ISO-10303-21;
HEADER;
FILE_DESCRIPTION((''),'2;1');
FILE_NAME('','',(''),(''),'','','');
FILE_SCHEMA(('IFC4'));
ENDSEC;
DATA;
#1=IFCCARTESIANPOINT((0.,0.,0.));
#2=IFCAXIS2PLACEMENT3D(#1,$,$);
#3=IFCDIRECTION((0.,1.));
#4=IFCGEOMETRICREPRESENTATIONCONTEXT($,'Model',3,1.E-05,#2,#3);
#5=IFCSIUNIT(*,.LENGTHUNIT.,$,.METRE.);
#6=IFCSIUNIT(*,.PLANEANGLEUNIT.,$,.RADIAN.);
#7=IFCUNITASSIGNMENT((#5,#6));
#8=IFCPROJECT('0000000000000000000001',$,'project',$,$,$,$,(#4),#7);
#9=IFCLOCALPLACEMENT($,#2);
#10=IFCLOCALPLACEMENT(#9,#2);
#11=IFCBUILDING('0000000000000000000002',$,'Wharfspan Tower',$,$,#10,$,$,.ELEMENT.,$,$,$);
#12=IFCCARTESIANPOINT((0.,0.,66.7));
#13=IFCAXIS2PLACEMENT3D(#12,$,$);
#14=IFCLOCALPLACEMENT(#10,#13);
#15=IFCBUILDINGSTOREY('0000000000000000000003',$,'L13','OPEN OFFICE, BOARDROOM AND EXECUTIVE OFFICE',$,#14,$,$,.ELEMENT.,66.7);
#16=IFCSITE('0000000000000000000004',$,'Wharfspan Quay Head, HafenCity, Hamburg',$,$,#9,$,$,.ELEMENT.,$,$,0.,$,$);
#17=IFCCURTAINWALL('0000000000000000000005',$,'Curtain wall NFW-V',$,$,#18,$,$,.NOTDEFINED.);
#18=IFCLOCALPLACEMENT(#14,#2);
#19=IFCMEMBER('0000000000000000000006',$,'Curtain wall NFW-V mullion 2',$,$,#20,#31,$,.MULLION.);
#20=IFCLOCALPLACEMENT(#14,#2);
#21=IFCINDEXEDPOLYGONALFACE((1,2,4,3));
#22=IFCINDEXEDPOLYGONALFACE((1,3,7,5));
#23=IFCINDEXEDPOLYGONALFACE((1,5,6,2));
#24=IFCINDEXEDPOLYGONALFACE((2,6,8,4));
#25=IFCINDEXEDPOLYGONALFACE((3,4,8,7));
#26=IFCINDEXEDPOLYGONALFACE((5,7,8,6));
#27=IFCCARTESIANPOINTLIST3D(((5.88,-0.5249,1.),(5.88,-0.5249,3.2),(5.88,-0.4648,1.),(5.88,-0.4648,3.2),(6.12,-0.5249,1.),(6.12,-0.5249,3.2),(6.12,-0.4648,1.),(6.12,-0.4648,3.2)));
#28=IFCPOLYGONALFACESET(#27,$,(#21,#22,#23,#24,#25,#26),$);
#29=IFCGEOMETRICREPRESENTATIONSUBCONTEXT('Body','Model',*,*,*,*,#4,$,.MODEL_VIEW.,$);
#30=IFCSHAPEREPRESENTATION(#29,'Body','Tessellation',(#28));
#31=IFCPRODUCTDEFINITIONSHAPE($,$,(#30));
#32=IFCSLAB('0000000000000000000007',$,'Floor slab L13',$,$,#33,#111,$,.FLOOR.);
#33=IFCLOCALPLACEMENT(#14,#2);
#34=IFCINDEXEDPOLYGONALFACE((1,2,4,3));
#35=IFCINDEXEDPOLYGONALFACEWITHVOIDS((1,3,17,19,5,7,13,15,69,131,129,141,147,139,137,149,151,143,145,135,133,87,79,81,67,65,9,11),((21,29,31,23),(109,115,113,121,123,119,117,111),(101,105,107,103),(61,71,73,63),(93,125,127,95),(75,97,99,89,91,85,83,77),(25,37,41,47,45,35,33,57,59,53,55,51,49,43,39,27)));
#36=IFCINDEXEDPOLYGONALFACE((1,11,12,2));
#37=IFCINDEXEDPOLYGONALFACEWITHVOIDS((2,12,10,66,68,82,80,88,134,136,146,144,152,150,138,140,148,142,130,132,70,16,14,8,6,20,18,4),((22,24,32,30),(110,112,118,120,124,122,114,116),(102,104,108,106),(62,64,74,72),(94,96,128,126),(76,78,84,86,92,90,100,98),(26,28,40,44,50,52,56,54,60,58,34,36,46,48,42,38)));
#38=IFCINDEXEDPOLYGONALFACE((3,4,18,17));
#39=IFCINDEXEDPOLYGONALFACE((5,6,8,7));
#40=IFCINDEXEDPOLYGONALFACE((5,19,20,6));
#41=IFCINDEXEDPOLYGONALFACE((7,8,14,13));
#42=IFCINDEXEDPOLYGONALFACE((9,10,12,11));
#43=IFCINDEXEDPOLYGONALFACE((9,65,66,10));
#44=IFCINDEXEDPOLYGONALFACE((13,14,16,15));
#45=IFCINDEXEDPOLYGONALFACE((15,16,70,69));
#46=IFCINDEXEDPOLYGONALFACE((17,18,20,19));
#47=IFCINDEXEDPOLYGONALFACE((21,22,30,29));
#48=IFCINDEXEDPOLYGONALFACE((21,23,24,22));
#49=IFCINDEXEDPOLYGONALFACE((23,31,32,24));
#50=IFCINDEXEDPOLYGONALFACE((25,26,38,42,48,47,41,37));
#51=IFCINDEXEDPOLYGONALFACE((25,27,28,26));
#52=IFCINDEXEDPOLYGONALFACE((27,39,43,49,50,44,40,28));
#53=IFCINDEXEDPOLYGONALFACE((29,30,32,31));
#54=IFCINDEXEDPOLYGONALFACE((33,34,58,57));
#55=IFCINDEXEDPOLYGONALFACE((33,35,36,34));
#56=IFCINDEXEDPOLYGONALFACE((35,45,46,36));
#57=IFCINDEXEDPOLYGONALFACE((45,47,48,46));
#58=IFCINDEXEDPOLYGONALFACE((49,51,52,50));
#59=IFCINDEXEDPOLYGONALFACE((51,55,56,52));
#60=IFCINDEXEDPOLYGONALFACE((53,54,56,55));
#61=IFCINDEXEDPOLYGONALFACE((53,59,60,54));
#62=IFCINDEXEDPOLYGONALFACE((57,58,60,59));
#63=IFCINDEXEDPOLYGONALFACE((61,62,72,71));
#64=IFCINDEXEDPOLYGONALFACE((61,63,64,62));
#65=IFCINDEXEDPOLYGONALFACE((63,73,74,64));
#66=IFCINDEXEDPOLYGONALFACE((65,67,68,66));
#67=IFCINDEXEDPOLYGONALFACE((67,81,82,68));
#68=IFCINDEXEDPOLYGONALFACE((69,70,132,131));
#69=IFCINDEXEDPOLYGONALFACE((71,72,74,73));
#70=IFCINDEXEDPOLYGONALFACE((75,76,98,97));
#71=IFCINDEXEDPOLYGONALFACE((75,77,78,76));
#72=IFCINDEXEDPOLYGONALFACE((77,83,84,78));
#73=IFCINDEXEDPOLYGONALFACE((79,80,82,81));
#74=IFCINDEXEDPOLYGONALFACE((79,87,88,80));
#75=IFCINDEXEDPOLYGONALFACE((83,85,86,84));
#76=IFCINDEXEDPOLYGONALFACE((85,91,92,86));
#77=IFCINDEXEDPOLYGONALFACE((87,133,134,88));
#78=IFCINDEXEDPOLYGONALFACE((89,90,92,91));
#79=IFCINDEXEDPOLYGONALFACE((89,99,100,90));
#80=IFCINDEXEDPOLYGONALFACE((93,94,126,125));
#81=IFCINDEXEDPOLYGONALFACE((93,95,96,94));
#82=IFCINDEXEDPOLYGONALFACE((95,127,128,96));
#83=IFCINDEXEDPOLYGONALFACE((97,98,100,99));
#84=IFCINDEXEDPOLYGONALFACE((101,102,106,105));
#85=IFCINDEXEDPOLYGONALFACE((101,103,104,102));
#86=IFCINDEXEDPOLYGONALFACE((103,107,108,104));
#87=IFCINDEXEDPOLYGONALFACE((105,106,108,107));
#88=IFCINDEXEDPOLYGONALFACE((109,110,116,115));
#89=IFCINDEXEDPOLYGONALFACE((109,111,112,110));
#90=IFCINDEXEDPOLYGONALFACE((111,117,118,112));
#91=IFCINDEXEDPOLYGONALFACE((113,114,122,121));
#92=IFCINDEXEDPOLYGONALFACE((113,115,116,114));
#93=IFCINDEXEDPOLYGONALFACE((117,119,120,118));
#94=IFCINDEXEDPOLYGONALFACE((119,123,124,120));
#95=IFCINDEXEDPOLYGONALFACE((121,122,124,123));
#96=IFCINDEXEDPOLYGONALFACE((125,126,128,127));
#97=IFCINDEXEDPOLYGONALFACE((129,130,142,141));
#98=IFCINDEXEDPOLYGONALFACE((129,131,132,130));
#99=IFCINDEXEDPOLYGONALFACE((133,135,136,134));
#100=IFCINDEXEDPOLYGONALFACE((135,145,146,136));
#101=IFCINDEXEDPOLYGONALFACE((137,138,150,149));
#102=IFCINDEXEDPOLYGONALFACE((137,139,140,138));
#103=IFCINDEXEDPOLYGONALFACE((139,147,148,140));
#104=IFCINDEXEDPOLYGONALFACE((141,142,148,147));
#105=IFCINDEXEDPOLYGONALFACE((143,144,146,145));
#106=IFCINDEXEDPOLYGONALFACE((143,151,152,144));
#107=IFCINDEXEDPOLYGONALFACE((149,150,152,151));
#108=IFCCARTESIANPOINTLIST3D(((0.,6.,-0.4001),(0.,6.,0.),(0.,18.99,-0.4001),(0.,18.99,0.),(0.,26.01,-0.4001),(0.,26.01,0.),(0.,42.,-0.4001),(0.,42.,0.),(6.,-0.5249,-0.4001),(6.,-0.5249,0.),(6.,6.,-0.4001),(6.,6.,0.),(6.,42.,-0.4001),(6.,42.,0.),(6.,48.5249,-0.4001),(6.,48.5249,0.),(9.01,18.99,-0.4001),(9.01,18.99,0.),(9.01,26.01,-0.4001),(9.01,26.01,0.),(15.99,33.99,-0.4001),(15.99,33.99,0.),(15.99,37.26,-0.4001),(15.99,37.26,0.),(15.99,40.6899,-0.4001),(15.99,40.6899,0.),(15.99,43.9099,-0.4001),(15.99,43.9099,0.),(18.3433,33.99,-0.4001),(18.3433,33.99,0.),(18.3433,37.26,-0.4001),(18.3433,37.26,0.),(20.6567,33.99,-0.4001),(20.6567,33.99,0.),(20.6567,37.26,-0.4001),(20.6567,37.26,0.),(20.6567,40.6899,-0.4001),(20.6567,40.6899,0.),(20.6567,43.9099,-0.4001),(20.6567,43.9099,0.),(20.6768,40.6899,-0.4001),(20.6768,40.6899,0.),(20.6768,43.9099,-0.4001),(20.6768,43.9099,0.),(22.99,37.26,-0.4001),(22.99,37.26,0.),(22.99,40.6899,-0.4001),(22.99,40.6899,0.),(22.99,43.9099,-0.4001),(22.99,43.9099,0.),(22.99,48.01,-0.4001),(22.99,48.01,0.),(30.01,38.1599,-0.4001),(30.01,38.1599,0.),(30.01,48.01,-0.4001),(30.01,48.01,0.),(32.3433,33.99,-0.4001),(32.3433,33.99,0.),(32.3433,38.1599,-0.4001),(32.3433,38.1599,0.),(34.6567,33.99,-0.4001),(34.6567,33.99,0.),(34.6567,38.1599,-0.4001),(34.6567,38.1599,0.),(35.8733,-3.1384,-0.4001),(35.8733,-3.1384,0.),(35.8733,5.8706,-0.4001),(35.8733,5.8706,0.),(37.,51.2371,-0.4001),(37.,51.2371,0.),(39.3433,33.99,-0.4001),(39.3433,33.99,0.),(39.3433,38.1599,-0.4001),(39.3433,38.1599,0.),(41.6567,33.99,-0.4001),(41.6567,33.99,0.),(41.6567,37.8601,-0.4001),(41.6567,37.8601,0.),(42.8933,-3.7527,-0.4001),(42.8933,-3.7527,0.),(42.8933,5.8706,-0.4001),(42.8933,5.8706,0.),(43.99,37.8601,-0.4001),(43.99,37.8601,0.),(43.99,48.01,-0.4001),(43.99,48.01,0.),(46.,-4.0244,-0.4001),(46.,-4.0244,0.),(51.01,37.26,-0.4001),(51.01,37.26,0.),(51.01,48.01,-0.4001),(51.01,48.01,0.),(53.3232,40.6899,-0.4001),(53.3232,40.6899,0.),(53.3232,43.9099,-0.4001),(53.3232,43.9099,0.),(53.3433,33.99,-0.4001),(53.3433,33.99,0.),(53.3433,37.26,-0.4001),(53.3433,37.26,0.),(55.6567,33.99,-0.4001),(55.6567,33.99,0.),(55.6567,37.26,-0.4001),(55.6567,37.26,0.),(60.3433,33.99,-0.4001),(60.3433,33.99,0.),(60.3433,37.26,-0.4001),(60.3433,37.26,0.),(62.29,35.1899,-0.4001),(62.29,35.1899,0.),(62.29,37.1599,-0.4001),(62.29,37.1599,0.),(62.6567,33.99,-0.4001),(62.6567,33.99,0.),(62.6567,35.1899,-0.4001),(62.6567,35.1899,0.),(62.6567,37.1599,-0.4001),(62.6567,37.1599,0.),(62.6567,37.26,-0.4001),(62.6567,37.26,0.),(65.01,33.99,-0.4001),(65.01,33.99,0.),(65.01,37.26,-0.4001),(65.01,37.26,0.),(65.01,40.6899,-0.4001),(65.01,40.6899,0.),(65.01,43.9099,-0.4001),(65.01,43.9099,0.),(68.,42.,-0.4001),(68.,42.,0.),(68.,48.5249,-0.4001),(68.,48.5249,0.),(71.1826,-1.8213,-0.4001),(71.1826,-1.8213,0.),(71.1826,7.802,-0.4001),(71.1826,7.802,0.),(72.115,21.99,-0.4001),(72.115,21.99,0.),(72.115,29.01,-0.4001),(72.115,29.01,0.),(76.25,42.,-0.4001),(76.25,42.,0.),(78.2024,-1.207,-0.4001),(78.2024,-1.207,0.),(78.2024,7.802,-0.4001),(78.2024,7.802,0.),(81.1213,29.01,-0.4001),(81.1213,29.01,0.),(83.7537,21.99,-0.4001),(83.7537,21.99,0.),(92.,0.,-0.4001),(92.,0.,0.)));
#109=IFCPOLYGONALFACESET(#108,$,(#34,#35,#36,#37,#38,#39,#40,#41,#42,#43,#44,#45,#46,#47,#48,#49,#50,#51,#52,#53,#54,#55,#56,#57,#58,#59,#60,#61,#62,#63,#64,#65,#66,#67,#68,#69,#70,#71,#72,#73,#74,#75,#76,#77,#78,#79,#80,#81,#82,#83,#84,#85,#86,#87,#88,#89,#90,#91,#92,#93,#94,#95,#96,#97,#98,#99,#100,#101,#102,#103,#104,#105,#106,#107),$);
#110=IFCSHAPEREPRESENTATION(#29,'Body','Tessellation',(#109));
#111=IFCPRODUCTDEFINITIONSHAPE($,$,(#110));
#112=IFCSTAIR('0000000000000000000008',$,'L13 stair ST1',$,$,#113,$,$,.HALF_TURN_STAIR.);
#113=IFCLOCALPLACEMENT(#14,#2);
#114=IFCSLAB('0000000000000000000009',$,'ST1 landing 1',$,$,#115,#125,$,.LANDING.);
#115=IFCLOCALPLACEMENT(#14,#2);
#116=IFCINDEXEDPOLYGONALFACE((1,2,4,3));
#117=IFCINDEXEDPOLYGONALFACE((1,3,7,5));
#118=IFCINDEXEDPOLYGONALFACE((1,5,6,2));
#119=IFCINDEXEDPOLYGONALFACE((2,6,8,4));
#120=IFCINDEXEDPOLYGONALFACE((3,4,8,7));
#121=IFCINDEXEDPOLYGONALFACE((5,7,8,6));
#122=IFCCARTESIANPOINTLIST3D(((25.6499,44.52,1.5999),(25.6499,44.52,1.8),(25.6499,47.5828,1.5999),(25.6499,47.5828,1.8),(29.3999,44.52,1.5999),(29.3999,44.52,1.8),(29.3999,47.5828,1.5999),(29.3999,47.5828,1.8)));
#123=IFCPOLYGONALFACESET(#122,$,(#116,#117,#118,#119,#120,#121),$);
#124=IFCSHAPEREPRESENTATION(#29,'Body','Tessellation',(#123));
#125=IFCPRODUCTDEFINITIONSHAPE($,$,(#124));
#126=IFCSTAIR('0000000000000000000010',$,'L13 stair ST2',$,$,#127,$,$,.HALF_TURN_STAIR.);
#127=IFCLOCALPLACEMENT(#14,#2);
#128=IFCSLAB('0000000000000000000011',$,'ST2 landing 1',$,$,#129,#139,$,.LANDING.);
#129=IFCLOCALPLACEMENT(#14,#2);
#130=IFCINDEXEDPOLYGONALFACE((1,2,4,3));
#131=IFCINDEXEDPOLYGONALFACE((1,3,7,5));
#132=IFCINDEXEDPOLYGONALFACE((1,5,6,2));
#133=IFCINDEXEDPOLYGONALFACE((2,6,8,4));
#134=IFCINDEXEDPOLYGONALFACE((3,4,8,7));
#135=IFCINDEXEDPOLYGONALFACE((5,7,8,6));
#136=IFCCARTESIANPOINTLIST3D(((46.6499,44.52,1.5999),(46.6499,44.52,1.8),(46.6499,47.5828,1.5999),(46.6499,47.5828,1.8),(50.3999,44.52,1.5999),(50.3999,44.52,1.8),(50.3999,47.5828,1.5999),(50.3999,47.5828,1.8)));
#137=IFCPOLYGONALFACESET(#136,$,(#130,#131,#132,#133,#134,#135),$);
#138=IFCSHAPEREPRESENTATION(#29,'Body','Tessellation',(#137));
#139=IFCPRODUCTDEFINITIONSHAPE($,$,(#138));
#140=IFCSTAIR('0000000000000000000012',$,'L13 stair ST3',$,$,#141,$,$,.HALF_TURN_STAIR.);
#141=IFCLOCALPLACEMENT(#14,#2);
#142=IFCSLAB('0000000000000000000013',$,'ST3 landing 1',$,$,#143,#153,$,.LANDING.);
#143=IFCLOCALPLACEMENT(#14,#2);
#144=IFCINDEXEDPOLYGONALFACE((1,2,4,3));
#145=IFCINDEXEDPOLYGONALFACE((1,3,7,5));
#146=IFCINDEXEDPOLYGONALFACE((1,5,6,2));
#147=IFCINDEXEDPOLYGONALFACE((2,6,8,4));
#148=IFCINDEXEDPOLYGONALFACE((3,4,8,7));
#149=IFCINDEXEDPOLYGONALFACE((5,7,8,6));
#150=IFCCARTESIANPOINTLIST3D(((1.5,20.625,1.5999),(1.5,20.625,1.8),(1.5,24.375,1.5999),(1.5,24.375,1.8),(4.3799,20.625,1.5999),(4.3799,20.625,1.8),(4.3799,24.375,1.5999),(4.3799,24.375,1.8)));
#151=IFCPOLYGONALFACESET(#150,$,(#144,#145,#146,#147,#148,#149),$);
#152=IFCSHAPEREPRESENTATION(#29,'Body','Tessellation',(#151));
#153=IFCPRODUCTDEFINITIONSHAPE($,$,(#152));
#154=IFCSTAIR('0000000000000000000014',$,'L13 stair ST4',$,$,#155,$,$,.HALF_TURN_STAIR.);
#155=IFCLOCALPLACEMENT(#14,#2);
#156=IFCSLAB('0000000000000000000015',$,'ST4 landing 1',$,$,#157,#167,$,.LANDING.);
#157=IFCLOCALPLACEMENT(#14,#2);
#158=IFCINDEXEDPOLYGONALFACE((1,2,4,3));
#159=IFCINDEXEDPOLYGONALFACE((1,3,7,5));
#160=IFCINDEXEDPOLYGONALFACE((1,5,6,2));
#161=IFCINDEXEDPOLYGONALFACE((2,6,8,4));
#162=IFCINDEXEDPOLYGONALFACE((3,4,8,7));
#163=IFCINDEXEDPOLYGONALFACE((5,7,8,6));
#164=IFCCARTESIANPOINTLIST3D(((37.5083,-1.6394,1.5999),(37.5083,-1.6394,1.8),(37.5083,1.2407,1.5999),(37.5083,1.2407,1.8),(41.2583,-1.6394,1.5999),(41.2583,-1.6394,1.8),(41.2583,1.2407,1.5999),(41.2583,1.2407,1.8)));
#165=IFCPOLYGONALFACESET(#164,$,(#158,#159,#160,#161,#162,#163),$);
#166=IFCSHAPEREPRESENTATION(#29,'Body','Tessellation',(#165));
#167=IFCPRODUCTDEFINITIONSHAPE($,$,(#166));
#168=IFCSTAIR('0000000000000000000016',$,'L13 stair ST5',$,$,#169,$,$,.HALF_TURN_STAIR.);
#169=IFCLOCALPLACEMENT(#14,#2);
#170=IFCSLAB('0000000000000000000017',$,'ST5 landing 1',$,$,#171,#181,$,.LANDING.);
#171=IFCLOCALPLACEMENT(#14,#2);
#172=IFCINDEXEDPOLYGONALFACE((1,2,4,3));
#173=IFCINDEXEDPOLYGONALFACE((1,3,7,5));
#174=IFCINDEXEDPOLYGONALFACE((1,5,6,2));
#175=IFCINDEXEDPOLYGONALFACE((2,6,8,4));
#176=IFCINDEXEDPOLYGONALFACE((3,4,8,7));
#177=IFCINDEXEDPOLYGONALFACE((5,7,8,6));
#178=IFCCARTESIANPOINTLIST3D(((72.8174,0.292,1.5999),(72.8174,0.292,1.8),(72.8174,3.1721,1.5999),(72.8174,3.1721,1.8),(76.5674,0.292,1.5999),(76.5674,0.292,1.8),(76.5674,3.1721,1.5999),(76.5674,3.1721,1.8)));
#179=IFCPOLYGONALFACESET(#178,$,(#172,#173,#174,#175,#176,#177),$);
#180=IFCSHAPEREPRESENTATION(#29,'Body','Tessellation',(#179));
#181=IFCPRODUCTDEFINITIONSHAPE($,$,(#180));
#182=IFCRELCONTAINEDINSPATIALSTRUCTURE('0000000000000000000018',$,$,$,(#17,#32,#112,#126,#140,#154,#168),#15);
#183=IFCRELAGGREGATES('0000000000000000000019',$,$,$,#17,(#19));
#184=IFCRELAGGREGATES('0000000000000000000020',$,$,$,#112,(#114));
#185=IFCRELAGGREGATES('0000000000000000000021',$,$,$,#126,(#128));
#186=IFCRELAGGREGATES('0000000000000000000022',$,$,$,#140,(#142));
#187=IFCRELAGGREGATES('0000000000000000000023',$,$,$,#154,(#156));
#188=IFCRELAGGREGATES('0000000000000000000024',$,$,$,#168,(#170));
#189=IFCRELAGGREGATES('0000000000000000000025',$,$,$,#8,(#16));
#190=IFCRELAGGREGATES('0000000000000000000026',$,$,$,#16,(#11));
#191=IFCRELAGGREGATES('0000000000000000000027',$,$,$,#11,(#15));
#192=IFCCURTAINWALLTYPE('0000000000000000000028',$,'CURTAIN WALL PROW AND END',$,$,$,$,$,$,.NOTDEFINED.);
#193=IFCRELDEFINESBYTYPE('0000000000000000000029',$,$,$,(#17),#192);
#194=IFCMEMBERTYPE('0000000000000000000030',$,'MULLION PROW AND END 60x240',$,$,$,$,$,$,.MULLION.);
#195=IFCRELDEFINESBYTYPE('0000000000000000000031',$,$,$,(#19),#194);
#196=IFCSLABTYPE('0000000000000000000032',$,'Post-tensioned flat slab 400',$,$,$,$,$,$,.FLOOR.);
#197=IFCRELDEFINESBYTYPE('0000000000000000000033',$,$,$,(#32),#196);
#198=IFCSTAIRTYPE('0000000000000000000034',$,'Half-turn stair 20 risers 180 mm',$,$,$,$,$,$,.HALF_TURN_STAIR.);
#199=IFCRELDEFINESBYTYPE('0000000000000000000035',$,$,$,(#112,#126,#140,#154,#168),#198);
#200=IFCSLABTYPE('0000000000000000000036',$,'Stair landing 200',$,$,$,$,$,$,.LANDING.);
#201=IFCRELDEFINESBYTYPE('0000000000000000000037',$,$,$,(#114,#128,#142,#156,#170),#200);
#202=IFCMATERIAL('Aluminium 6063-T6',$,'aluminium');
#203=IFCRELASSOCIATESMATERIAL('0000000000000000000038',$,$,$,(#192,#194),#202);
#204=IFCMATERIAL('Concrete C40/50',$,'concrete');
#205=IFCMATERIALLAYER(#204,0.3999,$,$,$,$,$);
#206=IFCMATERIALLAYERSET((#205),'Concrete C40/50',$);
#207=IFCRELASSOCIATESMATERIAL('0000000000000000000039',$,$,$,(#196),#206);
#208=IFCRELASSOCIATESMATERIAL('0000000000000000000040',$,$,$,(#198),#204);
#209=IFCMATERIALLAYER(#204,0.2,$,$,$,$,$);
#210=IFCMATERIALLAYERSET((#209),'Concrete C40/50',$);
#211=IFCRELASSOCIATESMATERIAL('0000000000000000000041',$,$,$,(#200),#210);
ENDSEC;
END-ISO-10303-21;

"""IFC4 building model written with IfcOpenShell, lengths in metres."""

from ifc_helpers import new_model, si_unit, direction, frame, origin, origin_2d, place, context, subcontext, project, spatial, polyline, rectangle, outline, extrude, material, layer, layer_set, material_profile, profile_set, type_object, element, aggregate, save


model = new_model("IFC4")

# Units and contexts
model_context = context("Model", 3, precision=1e-05, world=origin(), true_north=direction((0.0, 1.0)))
body_context = subcontext(model_context, "Body", "Model", "MODEL_VIEW")
ifc_project = project(units=[si_unit("LENGTHUNIT", "METRE"), si_unit("PLANEANGLEUNIT", "RADIAN")], contexts=[model_context])

# Site, building, storey
site_placement = place(None, origin())
site = spatial("IfcSite", under=ifc_project, at=site_placement, Name="Wharfspan Quay Head, HafenCity, Hamburg", CompositionType="ELEMENT", RefElevation=0.0)
building_placement = place(site_placement, origin())
building = spatial("IfcBuilding", under=site, at=building_placement, Name="Wharfspan Tower", CompositionType="ELEMENT")
storey_placement = place(building_placement, frame((0.0, 0.0, 66.7)))
storey = spatial("IfcBuildingStorey", under=building, at=storey_placement, Name="L13", Description="OPEN OFFICE, BOARDROOM AND EXECUTIVE OFFICE", CompositionType="ELEMENT", Elevation=66.7)

# Curtain wall, member
ifc_material_1 = material(Name="Aluminium 6063-T6", Category="aluminium")
curtain_wall_type = type_object("IfcCurtainWallType", Name="CURTAIN WALL PROW AND END", PredefinedType="NOTDEFINED", material=ifc_material_1)
curtain_wall_placement = place(storey_placement, origin())
curtain_wall = element("IfcCurtainWall", 1, at=curtain_wall_placement, inside=storey, type_object=curtain_wall_type, Name="Curtain wall NFW-V", PredefinedType="NOTDEFINED")
ifc_material_profile = material_profile(ifc_material_1, rectangle(XDim=0.24, YDim=0.0601, at=origin_2d()))
ifc_profile_set = profile_set([ifc_material_profile], Name="Aluminium 6063-T6")
member_type = type_object("IfcMemberType", Name="MULLION PROW AND END 60x240", PredefinedType="MULLION", material=ifc_profile_set)
member_placement = place(storey_placement, frame((6.0, -0.4949, 1.0), z_axis=(0.0, 0.0, 1.0), x_axis=(1.0, 0.0, 0.0)))
member = element("IfcMember", 2, at=member_placement, type_object=member_type, Name="Curtain wall NFW-V mullion 2", PredefinedType="MULLION", context=body_context, shape_type="SweptSolid", body=[
    extrude(rectangle(XDim=0.24, YDim=0.0601, at=origin_2d()), origin(), (0.0, 0.0, 1.0), 2.2),
])
aggregate(curtain_wall, [member])

# Slab
ifc_material_2 = material(Name="Concrete C40/50", Category="concrete")
ifc_layer_1 = layer(ifc_material_2, 0.3999)
ifc_layer_set_1 = layer_set([ifc_layer_1], Name="Concrete C40/50")
slab_type_1 = type_object("IfcSlabType", Name="Post-tensioned flat slab 400", PredefinedType="FLOOR", material=ifc_layer_set_1)
slab_1_placement = place(storey_placement, frame((0.0, 0.0, -0.4001)))
element("IfcSlab", 3, at=slab_1_placement, inside=storey, type_object=slab_type_1, Name="Floor slab L13", PredefinedType="FLOOR", context=body_context, shape_type="SweptSolid", body=[
    extrude(outline(polyline([(35.8733, -3.1384), (35.8733, 5.8706), (42.8933, 5.8706), (42.8933, -3.7527), (46.0, -4.0244), (71.1826, -1.8213), (71.1826, 7.802), (78.2024, 7.802), (78.2024, -1.207), (92.0, 0.0), (83.7537, 21.99), (72.115, 21.99), (72.115, 29.01), (81.1213, 29.01), (76.25, 42.0), (68.0, 42.0), (68.0, 48.5249), (37.0, 51.2371), (6.0, 48.5249), (6.0, 42.0), (0.0, 42.0), (0.0, 26.01), (9.01, 26.01), (9.01, 18.99), (0.0, 18.99), (0.0, 6.0), (6.0, 6.0), (6.0, -0.5249), (35.8733, -3.1384)]), holes=[polyline([(62.29, 37.1599), (62.6567, 37.1599), (62.6567, 37.26), (65.01, 37.26), (65.01, 33.99), (62.6567, 33.99), (62.6567, 35.1899), (62.29, 35.1899), (62.29, 37.1599)]), polyline([(65.01, 43.9099), (65.01, 40.6899), (53.3232, 40.6899), (53.3232, 43.9099), (65.01, 43.9099)]), polyline([(55.6567, 33.99), (55.6567, 37.26), (60.3433, 37.26), (60.3433, 33.99), (55.6567, 33.99)]), polyline([(43.99, 37.8601), (43.99, 48.01), (51.01, 48.01), (51.01, 37.26), (53.3433, 37.26), (53.3433, 33.99), (41.6567, 33.99), (41.6567, 37.8601), (43.99, 37.8601)]), polyline([(34.6567, 33.99), (34.6567, 38.1599), (39.3433, 38.1599), (39.3433, 33.99), (34.6567, 33.99)]), polyline([(15.99, 40.6899), (15.99, 43.9099), (20.6567, 43.9099), (20.6768, 43.9099), (22.99, 43.9099), (22.99, 48.01), (30.01, 48.01), (30.01, 38.1599), (32.3433, 38.1599), (32.3433, 33.99), (20.6567, 33.99), (20.6567, 37.26), (22.99, 37.26), (22.99, 40.6899), (20.6768, 40.6899), (20.6567, 40.6899), (15.99, 40.6899)]), polyline([(18.3433, 37.26), (18.3433, 33.99), (15.99, 33.99), (15.99, 37.26), (18.3433, 37.26)])]), origin(), (0.0, 0.0, 1.0), 0.4001),
])

# Stairs, slabs
stair_type = type_object("IfcStairType", Name="Half-turn stair 20 risers 180 mm", PredefinedType="HALF_TURN_STAIR", material=ifc_material_2)
stair_1_placement = place(storey_placement, origin())
stair_1 = element("IfcStair", 4, at=stair_1_placement, inside=storey, type_object=stair_type, Name="L13 stair ST1", PredefinedType="HALF_TURN_STAIR")
ifc_layer_2 = layer(ifc_material_2, 0.2)
ifc_layer_set_2 = layer_set([ifc_layer_2], Name="Concrete C40/50")
slab_type_2 = type_object("IfcSlabType", Name="Stair landing 200", PredefinedType="LANDING", material=ifc_layer_set_2)
slab_2_placement = place(storey_placement, frame((0.0, 0.0, 1.5999)))
slab_2 = element("IfcSlab", 5, at=slab_2_placement, type_object=slab_type_2, Name="ST1 landing 1", PredefinedType="LANDING", context=body_context, shape_type="SweptSolid", body=[
    extrude(outline(polyline([(25.6499, 44.52), (29.3999, 44.52), (29.3999, 47.5828), (25.6499, 47.5828), (25.6499, 44.52)])), origin(), (0.0, 0.0, 1.0), 0.2002),
])
aggregate(stair_1, [slab_2])
stair_2_placement = place(storey_placement, origin())
stair_2 = element("IfcStair", 6, at=stair_2_placement, inside=storey, type_object=stair_type, Name="L13 stair ST2", PredefinedType="HALF_TURN_STAIR")
slab_3_placement = place(storey_placement, frame((0.0, 0.0, 1.5999)))
slab_3 = element("IfcSlab", 7, at=slab_3_placement, type_object=slab_type_2, Name="ST2 landing 1", PredefinedType="LANDING", context=body_context, shape_type="SweptSolid", body=[
    extrude(outline(polyline([(46.6499, 44.52), (50.3999, 44.52), (50.3999, 47.5828), (46.6499, 47.5828), (46.6499, 44.52)])), origin(), (0.0, 0.0, 1.0), 0.2002),
])
aggregate(stair_2, [slab_3])
stair_3_placement = place(storey_placement, origin())
stair_3 = element("IfcStair", 8, at=stair_3_placement, inside=storey, type_object=stair_type, Name="L13 stair ST3", PredefinedType="HALF_TURN_STAIR")
slab_4_placement = place(storey_placement, frame((0.0, 0.0, 1.5999)))
slab_4 = element("IfcSlab", 9, at=slab_4_placement, type_object=slab_type_2, Name="ST3 landing 1", PredefinedType="LANDING", context=body_context, shape_type="SweptSolid", body=[
    extrude(outline(polyline([(4.3799, 24.375), (1.5, 24.375), (1.5, 20.625), (4.3799, 20.625), (4.3799, 24.375)])), origin(), (0.0, 0.0, 1.0), 0.2002),
])
aggregate(stair_3, [slab_4])
stair_4_placement = place(storey_placement, origin())
stair_4 = element("IfcStair", 10, at=stair_4_placement, inside=storey, type_object=stair_type, Name="L13 stair ST4", PredefinedType="HALF_TURN_STAIR")
slab_5_placement = place(storey_placement, frame((0.0, 0.0, 1.5999)))
slab_5 = element("IfcSlab", 11, at=slab_5_placement, type_object=slab_type_2, Name="ST4 landing 1", PredefinedType="LANDING", context=body_context, shape_type="SweptSolid", body=[
    extrude(outline(polyline([(37.5083, 1.2407), (37.5083, -1.6394), (41.2583, -1.6394), (41.2583, 1.2407), (37.5083, 1.2407)])), origin(), (0.0, 0.0, 1.0), 0.2002),
])
aggregate(stair_4, [slab_5])
stair_5_placement = place(storey_placement, origin())
stair_5 = element("IfcStair", 12, at=stair_5_placement, inside=storey, type_object=stair_type, Name="L13 stair ST5", PredefinedType="HALF_TURN_STAIR")
slab_6_placement = place(storey_placement, frame((0.0, 0.0, 1.5999)))
slab_6 = element("IfcSlab", 13, at=slab_6_placement, type_object=slab_type_2, Name="ST5 landing 1", PredefinedType="LANDING", context=body_context, shape_type="SweptSolid", body=[
    extrude(outline(polyline([(72.8174, 3.1721), (72.8174, 0.292), (76.5674, 0.292), (76.5674, 3.1721), (72.8174, 3.1721)])), origin(), (0.0, 0.0, 1.0), 0.2002),
])
aggregate(stair_5, [slab_6])

save(model, "model.ifc")
